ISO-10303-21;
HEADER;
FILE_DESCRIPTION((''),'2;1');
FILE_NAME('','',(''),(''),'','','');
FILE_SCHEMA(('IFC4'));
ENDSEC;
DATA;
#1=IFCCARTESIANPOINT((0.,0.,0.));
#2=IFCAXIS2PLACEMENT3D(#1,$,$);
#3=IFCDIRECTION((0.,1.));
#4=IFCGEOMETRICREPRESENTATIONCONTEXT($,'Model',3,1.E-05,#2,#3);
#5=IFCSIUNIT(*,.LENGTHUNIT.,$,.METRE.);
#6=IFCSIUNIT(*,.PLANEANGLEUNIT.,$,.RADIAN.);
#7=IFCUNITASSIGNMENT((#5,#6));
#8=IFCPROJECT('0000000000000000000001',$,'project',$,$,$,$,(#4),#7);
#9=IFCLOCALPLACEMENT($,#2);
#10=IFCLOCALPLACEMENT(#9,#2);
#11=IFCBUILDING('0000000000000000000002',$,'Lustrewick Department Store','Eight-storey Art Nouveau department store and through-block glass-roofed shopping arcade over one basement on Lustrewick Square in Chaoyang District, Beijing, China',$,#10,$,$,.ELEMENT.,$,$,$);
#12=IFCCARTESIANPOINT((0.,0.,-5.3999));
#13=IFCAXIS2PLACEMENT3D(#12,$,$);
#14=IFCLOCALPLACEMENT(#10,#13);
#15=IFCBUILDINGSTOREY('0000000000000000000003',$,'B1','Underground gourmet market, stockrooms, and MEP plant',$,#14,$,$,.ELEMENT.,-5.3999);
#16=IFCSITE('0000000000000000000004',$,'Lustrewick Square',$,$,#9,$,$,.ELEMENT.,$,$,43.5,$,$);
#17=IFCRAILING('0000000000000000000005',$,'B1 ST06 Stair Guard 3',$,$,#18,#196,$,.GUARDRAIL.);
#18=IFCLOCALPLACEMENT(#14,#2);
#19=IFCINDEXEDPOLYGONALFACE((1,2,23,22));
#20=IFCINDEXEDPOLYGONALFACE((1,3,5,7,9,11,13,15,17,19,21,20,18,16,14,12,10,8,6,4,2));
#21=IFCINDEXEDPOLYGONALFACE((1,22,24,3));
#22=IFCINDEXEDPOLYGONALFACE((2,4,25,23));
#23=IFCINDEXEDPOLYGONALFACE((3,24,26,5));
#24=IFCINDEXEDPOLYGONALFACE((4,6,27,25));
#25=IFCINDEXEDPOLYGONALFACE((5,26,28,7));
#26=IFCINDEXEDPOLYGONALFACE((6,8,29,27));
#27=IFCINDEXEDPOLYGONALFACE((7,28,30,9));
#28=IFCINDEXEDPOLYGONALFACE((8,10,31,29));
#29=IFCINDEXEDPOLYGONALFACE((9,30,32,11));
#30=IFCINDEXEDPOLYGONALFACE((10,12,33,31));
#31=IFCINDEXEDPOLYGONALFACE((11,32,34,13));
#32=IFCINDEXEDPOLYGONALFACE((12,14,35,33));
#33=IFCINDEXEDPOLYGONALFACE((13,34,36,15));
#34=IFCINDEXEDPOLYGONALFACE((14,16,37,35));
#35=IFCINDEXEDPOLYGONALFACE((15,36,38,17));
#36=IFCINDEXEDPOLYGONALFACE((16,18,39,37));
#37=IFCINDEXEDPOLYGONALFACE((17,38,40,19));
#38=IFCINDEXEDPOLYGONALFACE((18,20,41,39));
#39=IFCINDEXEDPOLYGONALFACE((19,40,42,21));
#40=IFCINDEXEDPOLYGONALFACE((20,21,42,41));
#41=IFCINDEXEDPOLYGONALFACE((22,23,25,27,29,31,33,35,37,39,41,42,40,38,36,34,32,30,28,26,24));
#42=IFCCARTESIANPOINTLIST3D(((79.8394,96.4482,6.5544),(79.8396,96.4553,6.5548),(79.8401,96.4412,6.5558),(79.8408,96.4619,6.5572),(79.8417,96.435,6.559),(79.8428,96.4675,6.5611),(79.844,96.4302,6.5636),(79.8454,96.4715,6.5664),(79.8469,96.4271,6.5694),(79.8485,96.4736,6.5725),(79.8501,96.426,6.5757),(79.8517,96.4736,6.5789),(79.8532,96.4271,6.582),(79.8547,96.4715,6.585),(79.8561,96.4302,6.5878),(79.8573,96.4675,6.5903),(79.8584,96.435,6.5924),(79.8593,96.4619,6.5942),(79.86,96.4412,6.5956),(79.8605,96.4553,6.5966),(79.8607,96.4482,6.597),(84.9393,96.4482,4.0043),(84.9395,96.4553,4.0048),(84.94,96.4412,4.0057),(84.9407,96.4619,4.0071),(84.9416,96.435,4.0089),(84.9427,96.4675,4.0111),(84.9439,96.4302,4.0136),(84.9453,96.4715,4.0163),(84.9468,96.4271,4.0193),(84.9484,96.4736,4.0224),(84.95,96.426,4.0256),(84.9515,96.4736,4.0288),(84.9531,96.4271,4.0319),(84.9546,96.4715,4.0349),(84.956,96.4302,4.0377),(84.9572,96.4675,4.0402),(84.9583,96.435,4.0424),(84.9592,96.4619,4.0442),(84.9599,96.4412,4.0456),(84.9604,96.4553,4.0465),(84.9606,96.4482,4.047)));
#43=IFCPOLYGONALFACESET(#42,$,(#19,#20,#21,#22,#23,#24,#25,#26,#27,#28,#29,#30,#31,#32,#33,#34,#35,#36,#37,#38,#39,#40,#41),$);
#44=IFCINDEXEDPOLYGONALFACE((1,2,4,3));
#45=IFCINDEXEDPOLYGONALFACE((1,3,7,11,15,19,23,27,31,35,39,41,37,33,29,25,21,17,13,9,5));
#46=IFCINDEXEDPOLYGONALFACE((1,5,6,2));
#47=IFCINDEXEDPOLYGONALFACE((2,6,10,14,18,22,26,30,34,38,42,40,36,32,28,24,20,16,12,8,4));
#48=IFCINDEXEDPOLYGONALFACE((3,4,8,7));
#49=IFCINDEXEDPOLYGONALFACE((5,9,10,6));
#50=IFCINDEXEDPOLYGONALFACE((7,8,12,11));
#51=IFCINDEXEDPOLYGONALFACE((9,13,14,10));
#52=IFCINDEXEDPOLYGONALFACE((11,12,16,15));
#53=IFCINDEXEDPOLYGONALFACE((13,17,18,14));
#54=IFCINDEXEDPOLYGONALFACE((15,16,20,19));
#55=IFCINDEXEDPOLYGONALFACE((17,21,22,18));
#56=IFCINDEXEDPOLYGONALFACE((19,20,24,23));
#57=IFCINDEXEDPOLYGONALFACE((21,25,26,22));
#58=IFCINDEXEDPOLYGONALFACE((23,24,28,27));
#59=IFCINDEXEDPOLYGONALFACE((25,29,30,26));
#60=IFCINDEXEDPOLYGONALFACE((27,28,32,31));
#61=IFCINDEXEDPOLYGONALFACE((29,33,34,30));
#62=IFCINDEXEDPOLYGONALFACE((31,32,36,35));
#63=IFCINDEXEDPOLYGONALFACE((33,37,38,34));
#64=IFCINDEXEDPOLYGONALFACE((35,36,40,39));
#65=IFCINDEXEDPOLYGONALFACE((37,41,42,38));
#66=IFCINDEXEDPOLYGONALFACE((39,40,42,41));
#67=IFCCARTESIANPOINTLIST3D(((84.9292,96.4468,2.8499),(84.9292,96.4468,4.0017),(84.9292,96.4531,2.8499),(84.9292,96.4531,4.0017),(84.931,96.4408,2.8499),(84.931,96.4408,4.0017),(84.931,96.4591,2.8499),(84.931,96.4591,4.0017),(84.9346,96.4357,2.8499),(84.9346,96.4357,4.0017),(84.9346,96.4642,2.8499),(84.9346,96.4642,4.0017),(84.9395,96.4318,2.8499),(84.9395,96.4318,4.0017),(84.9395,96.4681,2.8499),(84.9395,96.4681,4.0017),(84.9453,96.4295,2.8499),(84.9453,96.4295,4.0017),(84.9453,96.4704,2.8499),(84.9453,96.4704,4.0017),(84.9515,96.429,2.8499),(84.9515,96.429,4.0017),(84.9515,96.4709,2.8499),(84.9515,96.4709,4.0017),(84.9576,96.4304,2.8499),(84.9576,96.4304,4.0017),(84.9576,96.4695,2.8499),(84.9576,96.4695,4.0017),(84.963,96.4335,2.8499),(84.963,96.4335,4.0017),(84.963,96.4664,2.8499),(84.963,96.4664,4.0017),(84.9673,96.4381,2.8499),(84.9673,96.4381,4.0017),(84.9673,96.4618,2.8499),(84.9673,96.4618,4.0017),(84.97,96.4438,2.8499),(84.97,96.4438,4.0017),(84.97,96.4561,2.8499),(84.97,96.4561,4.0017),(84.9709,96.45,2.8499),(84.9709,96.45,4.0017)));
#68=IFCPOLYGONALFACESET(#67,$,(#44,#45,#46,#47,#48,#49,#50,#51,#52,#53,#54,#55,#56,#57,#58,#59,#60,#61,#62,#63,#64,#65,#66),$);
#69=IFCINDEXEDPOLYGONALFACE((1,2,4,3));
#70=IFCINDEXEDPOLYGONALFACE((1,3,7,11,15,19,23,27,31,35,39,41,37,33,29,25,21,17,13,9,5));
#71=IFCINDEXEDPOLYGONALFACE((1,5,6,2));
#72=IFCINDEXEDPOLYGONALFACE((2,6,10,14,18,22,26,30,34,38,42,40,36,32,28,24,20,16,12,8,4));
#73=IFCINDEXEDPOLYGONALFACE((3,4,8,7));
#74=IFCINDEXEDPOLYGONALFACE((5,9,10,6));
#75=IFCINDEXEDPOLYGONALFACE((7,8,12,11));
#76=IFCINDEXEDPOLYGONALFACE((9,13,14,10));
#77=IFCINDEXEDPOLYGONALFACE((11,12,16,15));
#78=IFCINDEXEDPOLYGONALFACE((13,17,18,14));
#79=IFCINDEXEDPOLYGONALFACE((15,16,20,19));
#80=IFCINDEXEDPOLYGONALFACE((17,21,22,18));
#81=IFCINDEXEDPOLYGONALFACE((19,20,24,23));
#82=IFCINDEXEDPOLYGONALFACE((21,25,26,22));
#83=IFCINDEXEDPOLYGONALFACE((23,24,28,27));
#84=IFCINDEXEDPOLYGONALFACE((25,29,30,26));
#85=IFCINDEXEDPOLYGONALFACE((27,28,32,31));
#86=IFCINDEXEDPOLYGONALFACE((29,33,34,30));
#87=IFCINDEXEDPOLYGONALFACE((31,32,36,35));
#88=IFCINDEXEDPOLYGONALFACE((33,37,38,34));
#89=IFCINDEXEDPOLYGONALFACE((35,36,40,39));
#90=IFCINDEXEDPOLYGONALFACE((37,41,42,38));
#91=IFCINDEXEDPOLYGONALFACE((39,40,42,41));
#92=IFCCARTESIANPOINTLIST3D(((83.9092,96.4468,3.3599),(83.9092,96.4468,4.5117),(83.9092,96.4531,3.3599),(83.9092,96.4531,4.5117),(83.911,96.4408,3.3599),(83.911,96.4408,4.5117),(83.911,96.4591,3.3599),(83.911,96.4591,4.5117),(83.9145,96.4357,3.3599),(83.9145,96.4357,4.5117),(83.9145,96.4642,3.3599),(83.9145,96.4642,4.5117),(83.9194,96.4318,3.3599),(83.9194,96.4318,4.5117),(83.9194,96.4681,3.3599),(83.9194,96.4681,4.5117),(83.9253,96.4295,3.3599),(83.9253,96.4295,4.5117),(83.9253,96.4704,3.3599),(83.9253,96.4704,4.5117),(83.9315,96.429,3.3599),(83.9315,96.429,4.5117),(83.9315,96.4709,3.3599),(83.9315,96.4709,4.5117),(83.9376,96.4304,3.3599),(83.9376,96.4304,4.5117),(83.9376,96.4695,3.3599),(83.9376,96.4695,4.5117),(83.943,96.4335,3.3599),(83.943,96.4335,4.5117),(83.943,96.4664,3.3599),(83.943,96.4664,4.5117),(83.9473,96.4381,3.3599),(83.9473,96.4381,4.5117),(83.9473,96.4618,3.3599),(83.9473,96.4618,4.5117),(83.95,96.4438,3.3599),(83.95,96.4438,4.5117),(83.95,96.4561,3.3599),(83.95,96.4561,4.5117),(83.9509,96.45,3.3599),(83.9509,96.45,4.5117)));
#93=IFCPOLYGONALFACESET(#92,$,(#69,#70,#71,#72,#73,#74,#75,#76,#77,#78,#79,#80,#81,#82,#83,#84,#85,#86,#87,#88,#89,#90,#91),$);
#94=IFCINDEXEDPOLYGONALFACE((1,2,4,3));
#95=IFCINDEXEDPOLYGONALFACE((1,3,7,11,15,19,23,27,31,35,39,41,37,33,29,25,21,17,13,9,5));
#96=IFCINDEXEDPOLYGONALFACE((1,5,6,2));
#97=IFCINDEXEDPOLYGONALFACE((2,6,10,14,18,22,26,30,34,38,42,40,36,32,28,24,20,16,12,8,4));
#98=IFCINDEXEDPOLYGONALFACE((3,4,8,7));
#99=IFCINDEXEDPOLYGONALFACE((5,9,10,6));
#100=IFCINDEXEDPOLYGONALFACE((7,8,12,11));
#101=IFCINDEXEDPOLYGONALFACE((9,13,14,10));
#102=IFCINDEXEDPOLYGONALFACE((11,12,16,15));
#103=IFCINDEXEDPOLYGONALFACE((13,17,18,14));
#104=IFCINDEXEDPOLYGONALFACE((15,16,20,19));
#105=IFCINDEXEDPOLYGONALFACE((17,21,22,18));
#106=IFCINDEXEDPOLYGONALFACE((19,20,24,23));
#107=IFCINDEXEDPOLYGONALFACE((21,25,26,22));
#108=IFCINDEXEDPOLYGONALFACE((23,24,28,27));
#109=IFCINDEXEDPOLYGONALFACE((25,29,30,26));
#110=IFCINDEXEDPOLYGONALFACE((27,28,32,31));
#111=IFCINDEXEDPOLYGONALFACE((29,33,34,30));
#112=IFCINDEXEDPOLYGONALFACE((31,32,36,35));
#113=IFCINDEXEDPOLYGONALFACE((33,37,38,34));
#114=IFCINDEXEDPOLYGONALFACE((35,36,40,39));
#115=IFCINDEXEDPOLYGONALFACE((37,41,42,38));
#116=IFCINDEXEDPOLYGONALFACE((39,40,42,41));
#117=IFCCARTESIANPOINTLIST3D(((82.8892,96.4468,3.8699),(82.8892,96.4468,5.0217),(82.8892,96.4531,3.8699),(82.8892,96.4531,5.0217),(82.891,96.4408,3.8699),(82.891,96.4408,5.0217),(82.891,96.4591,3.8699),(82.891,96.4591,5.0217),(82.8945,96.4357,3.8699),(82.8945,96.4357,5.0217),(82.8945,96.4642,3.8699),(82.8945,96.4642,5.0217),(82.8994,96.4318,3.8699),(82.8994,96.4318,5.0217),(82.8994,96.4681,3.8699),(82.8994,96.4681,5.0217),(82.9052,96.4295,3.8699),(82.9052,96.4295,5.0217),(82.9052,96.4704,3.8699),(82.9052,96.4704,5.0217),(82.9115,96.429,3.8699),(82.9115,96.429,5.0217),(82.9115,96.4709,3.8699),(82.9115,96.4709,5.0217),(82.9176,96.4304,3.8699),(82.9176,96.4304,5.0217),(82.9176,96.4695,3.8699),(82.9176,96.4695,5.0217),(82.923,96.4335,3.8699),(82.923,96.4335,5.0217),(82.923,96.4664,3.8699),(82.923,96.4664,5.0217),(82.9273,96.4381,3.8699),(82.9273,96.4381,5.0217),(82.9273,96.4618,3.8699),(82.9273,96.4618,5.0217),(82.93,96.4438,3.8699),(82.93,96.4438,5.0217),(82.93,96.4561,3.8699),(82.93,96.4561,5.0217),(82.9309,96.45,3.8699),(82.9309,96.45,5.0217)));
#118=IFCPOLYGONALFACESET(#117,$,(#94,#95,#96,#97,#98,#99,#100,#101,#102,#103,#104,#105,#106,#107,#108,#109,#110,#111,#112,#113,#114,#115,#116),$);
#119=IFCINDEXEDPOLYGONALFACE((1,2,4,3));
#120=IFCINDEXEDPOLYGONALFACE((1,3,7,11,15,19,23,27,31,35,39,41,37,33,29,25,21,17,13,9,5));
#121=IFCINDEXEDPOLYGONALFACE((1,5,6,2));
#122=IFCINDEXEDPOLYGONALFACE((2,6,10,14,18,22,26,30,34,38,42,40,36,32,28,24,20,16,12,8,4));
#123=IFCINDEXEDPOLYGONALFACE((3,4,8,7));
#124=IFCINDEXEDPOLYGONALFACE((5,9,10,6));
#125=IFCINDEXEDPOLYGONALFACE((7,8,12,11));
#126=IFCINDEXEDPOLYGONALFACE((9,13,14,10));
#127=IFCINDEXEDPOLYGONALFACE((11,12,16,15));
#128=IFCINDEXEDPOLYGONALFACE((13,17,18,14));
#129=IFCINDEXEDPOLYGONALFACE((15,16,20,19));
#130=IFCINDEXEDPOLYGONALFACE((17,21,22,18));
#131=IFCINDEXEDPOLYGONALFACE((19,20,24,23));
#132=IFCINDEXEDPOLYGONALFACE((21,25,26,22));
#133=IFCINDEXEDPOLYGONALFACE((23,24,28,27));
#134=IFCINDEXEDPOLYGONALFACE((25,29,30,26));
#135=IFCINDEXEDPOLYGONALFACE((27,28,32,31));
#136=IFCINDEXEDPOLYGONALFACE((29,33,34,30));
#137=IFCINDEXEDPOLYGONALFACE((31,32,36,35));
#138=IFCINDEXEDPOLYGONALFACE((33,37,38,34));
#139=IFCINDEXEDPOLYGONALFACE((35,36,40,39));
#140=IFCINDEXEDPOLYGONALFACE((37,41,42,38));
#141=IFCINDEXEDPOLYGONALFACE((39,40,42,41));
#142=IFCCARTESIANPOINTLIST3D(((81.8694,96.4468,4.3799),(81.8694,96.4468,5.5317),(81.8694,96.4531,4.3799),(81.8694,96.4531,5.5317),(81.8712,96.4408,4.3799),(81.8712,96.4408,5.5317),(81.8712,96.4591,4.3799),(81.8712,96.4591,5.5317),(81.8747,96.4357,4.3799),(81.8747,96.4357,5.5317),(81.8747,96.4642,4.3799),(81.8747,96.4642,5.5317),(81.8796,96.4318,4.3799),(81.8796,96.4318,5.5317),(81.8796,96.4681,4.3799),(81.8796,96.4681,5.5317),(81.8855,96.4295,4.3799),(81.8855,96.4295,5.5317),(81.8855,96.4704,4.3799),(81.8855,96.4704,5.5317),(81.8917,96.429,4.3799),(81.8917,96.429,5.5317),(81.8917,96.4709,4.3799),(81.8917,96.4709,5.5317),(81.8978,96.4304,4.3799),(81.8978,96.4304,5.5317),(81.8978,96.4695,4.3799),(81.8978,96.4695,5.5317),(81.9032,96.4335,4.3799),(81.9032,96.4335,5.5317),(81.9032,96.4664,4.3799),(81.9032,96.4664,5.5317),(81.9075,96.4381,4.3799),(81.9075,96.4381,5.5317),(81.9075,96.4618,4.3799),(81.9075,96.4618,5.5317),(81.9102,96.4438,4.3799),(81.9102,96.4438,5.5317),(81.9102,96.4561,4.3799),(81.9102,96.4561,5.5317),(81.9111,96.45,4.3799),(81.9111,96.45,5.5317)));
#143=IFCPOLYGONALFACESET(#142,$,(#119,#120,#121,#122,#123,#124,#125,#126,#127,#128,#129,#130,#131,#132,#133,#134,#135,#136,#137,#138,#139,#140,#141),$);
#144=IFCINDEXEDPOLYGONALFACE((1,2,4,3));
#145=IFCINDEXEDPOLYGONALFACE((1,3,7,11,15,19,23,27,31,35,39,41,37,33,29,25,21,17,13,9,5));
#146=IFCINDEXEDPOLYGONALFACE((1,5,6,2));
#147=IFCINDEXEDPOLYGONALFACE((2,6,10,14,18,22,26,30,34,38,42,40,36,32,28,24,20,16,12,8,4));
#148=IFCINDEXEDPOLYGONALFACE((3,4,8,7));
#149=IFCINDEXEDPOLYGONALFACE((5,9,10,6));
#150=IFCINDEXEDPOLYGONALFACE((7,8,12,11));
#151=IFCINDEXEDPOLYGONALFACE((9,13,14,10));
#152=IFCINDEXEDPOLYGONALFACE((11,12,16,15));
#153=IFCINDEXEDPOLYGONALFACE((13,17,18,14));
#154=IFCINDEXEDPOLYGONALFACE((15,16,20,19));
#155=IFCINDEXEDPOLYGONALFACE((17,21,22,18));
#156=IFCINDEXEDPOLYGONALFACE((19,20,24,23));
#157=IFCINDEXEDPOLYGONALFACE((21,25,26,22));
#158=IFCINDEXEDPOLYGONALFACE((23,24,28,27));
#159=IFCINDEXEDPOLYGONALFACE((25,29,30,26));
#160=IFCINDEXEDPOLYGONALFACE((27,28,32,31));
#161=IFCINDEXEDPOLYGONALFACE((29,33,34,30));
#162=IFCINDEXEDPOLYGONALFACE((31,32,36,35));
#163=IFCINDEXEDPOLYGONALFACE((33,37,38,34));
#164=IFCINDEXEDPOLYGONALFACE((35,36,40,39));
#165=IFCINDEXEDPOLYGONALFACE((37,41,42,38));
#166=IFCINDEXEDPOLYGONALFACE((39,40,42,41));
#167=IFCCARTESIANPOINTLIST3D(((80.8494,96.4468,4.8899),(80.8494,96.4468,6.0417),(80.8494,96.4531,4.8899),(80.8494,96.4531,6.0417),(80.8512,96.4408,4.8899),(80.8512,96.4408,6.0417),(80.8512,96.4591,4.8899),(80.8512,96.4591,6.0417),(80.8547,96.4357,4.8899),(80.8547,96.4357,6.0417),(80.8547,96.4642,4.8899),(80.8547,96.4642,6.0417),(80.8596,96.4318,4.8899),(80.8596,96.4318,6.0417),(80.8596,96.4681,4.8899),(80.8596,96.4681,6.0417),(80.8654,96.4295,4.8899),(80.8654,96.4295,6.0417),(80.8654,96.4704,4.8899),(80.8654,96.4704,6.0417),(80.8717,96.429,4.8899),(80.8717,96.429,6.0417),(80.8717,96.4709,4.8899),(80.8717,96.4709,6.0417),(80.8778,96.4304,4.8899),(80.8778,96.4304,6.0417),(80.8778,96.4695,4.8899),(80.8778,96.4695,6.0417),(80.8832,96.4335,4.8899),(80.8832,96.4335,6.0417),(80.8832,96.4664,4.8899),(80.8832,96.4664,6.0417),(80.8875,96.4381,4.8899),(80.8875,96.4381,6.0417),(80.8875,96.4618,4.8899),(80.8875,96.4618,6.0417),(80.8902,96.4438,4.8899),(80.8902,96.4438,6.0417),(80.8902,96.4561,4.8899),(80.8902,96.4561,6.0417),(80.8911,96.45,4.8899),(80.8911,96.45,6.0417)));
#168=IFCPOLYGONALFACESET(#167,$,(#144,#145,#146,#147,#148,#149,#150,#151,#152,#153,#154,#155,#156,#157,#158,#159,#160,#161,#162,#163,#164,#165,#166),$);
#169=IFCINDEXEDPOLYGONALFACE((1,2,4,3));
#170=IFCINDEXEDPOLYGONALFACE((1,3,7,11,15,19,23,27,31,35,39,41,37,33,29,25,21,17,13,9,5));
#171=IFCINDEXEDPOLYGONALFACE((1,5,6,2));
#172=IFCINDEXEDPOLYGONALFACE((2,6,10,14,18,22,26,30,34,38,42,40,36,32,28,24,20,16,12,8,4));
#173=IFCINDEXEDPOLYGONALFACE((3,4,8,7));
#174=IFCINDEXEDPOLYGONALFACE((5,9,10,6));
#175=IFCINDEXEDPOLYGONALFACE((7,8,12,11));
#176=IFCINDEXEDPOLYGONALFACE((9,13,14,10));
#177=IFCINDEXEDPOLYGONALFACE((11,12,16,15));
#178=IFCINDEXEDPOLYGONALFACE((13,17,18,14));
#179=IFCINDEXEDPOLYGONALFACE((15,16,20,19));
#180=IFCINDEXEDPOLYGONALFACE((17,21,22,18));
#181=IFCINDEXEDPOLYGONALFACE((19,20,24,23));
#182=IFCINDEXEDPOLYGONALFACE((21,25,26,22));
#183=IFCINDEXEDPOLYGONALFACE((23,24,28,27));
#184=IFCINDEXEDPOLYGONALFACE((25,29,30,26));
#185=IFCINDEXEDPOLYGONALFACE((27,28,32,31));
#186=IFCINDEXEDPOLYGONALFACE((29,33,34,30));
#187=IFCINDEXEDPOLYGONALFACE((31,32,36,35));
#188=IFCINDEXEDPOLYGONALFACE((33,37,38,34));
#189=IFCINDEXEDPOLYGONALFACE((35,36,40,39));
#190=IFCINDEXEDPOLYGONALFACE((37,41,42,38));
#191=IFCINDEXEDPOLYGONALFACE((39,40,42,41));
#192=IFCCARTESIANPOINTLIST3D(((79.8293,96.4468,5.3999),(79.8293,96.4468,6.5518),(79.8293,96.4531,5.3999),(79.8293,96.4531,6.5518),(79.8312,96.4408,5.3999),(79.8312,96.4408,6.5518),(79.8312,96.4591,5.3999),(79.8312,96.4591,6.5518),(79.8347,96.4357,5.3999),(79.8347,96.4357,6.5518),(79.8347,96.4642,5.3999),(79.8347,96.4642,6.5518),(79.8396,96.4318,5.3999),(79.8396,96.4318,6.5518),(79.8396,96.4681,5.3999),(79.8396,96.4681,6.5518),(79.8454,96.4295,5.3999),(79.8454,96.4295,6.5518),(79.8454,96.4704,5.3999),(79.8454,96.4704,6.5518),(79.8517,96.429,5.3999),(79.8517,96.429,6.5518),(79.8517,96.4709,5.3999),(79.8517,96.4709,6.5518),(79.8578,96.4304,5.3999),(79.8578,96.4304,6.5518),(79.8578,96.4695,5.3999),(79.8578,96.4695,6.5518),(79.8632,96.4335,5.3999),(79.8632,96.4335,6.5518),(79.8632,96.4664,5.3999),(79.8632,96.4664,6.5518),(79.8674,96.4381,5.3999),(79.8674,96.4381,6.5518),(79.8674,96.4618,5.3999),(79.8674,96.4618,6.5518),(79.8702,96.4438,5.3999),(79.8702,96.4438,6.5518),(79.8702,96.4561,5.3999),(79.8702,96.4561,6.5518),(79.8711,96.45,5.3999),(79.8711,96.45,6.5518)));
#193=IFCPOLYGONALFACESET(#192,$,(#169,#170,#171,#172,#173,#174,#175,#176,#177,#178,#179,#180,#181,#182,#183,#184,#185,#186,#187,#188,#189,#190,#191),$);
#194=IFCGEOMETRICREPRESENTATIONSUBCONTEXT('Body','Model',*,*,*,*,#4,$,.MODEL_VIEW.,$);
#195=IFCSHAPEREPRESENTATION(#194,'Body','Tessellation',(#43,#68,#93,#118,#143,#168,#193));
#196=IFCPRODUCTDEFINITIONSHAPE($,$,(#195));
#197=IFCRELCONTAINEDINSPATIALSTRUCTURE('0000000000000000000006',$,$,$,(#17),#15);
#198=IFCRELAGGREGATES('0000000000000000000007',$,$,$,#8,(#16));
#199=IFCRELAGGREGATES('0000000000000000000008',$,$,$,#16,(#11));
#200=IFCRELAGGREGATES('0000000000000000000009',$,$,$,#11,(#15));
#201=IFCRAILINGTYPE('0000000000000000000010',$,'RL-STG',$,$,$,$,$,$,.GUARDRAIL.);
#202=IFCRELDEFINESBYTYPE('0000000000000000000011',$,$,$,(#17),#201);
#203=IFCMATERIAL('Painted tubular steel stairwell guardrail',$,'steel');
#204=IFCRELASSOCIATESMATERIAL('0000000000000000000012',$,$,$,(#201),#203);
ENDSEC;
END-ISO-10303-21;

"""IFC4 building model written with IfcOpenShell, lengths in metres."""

from ifc_helpers import new_model, si_unit, direction, frame, origin, origin_2d, place, context, subcontext, project, spatial, circle, extrude, material, type_object, element, save


model = new_model("IFC4")

# Units and contexts
model_context = context("Model", 3, precision=1e-05, world=origin(), true_north=direction((0.0, 1.0)))
body_context = subcontext(model_context, "Body", "Model", "MODEL_VIEW")
ifc_project = project(units=[si_unit("LENGTHUNIT", "METRE"), si_unit("PLANEANGLEUNIT", "RADIAN")], contexts=[model_context])

# Site, building, storey
site_placement = place(None, origin())
site = spatial("IfcSite", under=ifc_project, at=site_placement, Name="Lustrewick Square", CompositionType="ELEMENT", RefElevation=43.5)
building_placement = place(site_placement, origin())
building = spatial("IfcBuilding", under=site, at=building_placement, Name="Lustrewick Department Store", Description="Eight-storey Art Nouveau department store and through-block glass-roofed shopping arcade over one basement on Lustrewick Square in Chaoyang District, Beijing, China", CompositionType="ELEMENT")
storey_placement = place(building_placement, frame((0.0, 0.0, -5.3999)))
storey = spatial("IfcBuildingStorey", under=building, at=storey_placement, Name="B1", Description="Underground gourmet market, stockrooms, and MEP plant", CompositionType="ELEMENT", Elevation=-5.3999)

# Railing
ifc_material_1 = material(Name="Painted tubular steel stairwell guardrail", Category="steel")
railing_type_1 = type_object("IfcRailingType", Name="RL-STG", PredefinedType="GUARDRAIL", material=ifc_material_1)
railing_1_placement = place(storey_placement, frame((84.95, 96.45, 2.8499)))
element("IfcRailing", 1, at=railing_1_placement, inside=storey, type_object=railing_type_1, Name="B1 ST06 Stair Guard 3", PredefinedType="GUARDRAIL", context=body_context, shape_type="SweptSolid", body=[
    extrude(circle(Radius=0.0239, at=origin_2d()), frame((0.0, 0.0, 1.1758), z_axis=(-0.894419, 0.0, 0.447231), x_axis=(0.0, -1.0, 0.0)), (0.0, 0.0, 1.0), 5.7019),
    extrude(circle(Radius=0.021, at=origin_2d()), origin(), (0.0, 0.0, 1.0), 1.1519),
    extrude(circle(Radius=0.021, at=origin_2d()), frame((-1.02, 0.0, 0.51)), (0.0, 0.0, 1.0), 1.1519),
    extrude(circle(Radius=0.021, at=origin_2d()), frame((-2.04, 0.0, 1.02)), (0.0, 0.0, 1.0), 1.1519),
    extrude(circle(Radius=0.021, at=origin_2d()), frame((-3.0598, 0.0, 1.53)), (0.0, 0.0, 1.0), 1.1519),
    extrude(circle(Radius=0.021, at=origin_2d()), frame((-4.0798, 0.0, 2.04)), (0.0, 0.0, 1.0), 1.1519),
    extrude(circle(Radius=0.021, at=origin_2d()), frame((-5.0999, 0.0, 2.55)), (0.0, 0.0, 1.0), 1.1519),
])

save(model, "model.ifc")
